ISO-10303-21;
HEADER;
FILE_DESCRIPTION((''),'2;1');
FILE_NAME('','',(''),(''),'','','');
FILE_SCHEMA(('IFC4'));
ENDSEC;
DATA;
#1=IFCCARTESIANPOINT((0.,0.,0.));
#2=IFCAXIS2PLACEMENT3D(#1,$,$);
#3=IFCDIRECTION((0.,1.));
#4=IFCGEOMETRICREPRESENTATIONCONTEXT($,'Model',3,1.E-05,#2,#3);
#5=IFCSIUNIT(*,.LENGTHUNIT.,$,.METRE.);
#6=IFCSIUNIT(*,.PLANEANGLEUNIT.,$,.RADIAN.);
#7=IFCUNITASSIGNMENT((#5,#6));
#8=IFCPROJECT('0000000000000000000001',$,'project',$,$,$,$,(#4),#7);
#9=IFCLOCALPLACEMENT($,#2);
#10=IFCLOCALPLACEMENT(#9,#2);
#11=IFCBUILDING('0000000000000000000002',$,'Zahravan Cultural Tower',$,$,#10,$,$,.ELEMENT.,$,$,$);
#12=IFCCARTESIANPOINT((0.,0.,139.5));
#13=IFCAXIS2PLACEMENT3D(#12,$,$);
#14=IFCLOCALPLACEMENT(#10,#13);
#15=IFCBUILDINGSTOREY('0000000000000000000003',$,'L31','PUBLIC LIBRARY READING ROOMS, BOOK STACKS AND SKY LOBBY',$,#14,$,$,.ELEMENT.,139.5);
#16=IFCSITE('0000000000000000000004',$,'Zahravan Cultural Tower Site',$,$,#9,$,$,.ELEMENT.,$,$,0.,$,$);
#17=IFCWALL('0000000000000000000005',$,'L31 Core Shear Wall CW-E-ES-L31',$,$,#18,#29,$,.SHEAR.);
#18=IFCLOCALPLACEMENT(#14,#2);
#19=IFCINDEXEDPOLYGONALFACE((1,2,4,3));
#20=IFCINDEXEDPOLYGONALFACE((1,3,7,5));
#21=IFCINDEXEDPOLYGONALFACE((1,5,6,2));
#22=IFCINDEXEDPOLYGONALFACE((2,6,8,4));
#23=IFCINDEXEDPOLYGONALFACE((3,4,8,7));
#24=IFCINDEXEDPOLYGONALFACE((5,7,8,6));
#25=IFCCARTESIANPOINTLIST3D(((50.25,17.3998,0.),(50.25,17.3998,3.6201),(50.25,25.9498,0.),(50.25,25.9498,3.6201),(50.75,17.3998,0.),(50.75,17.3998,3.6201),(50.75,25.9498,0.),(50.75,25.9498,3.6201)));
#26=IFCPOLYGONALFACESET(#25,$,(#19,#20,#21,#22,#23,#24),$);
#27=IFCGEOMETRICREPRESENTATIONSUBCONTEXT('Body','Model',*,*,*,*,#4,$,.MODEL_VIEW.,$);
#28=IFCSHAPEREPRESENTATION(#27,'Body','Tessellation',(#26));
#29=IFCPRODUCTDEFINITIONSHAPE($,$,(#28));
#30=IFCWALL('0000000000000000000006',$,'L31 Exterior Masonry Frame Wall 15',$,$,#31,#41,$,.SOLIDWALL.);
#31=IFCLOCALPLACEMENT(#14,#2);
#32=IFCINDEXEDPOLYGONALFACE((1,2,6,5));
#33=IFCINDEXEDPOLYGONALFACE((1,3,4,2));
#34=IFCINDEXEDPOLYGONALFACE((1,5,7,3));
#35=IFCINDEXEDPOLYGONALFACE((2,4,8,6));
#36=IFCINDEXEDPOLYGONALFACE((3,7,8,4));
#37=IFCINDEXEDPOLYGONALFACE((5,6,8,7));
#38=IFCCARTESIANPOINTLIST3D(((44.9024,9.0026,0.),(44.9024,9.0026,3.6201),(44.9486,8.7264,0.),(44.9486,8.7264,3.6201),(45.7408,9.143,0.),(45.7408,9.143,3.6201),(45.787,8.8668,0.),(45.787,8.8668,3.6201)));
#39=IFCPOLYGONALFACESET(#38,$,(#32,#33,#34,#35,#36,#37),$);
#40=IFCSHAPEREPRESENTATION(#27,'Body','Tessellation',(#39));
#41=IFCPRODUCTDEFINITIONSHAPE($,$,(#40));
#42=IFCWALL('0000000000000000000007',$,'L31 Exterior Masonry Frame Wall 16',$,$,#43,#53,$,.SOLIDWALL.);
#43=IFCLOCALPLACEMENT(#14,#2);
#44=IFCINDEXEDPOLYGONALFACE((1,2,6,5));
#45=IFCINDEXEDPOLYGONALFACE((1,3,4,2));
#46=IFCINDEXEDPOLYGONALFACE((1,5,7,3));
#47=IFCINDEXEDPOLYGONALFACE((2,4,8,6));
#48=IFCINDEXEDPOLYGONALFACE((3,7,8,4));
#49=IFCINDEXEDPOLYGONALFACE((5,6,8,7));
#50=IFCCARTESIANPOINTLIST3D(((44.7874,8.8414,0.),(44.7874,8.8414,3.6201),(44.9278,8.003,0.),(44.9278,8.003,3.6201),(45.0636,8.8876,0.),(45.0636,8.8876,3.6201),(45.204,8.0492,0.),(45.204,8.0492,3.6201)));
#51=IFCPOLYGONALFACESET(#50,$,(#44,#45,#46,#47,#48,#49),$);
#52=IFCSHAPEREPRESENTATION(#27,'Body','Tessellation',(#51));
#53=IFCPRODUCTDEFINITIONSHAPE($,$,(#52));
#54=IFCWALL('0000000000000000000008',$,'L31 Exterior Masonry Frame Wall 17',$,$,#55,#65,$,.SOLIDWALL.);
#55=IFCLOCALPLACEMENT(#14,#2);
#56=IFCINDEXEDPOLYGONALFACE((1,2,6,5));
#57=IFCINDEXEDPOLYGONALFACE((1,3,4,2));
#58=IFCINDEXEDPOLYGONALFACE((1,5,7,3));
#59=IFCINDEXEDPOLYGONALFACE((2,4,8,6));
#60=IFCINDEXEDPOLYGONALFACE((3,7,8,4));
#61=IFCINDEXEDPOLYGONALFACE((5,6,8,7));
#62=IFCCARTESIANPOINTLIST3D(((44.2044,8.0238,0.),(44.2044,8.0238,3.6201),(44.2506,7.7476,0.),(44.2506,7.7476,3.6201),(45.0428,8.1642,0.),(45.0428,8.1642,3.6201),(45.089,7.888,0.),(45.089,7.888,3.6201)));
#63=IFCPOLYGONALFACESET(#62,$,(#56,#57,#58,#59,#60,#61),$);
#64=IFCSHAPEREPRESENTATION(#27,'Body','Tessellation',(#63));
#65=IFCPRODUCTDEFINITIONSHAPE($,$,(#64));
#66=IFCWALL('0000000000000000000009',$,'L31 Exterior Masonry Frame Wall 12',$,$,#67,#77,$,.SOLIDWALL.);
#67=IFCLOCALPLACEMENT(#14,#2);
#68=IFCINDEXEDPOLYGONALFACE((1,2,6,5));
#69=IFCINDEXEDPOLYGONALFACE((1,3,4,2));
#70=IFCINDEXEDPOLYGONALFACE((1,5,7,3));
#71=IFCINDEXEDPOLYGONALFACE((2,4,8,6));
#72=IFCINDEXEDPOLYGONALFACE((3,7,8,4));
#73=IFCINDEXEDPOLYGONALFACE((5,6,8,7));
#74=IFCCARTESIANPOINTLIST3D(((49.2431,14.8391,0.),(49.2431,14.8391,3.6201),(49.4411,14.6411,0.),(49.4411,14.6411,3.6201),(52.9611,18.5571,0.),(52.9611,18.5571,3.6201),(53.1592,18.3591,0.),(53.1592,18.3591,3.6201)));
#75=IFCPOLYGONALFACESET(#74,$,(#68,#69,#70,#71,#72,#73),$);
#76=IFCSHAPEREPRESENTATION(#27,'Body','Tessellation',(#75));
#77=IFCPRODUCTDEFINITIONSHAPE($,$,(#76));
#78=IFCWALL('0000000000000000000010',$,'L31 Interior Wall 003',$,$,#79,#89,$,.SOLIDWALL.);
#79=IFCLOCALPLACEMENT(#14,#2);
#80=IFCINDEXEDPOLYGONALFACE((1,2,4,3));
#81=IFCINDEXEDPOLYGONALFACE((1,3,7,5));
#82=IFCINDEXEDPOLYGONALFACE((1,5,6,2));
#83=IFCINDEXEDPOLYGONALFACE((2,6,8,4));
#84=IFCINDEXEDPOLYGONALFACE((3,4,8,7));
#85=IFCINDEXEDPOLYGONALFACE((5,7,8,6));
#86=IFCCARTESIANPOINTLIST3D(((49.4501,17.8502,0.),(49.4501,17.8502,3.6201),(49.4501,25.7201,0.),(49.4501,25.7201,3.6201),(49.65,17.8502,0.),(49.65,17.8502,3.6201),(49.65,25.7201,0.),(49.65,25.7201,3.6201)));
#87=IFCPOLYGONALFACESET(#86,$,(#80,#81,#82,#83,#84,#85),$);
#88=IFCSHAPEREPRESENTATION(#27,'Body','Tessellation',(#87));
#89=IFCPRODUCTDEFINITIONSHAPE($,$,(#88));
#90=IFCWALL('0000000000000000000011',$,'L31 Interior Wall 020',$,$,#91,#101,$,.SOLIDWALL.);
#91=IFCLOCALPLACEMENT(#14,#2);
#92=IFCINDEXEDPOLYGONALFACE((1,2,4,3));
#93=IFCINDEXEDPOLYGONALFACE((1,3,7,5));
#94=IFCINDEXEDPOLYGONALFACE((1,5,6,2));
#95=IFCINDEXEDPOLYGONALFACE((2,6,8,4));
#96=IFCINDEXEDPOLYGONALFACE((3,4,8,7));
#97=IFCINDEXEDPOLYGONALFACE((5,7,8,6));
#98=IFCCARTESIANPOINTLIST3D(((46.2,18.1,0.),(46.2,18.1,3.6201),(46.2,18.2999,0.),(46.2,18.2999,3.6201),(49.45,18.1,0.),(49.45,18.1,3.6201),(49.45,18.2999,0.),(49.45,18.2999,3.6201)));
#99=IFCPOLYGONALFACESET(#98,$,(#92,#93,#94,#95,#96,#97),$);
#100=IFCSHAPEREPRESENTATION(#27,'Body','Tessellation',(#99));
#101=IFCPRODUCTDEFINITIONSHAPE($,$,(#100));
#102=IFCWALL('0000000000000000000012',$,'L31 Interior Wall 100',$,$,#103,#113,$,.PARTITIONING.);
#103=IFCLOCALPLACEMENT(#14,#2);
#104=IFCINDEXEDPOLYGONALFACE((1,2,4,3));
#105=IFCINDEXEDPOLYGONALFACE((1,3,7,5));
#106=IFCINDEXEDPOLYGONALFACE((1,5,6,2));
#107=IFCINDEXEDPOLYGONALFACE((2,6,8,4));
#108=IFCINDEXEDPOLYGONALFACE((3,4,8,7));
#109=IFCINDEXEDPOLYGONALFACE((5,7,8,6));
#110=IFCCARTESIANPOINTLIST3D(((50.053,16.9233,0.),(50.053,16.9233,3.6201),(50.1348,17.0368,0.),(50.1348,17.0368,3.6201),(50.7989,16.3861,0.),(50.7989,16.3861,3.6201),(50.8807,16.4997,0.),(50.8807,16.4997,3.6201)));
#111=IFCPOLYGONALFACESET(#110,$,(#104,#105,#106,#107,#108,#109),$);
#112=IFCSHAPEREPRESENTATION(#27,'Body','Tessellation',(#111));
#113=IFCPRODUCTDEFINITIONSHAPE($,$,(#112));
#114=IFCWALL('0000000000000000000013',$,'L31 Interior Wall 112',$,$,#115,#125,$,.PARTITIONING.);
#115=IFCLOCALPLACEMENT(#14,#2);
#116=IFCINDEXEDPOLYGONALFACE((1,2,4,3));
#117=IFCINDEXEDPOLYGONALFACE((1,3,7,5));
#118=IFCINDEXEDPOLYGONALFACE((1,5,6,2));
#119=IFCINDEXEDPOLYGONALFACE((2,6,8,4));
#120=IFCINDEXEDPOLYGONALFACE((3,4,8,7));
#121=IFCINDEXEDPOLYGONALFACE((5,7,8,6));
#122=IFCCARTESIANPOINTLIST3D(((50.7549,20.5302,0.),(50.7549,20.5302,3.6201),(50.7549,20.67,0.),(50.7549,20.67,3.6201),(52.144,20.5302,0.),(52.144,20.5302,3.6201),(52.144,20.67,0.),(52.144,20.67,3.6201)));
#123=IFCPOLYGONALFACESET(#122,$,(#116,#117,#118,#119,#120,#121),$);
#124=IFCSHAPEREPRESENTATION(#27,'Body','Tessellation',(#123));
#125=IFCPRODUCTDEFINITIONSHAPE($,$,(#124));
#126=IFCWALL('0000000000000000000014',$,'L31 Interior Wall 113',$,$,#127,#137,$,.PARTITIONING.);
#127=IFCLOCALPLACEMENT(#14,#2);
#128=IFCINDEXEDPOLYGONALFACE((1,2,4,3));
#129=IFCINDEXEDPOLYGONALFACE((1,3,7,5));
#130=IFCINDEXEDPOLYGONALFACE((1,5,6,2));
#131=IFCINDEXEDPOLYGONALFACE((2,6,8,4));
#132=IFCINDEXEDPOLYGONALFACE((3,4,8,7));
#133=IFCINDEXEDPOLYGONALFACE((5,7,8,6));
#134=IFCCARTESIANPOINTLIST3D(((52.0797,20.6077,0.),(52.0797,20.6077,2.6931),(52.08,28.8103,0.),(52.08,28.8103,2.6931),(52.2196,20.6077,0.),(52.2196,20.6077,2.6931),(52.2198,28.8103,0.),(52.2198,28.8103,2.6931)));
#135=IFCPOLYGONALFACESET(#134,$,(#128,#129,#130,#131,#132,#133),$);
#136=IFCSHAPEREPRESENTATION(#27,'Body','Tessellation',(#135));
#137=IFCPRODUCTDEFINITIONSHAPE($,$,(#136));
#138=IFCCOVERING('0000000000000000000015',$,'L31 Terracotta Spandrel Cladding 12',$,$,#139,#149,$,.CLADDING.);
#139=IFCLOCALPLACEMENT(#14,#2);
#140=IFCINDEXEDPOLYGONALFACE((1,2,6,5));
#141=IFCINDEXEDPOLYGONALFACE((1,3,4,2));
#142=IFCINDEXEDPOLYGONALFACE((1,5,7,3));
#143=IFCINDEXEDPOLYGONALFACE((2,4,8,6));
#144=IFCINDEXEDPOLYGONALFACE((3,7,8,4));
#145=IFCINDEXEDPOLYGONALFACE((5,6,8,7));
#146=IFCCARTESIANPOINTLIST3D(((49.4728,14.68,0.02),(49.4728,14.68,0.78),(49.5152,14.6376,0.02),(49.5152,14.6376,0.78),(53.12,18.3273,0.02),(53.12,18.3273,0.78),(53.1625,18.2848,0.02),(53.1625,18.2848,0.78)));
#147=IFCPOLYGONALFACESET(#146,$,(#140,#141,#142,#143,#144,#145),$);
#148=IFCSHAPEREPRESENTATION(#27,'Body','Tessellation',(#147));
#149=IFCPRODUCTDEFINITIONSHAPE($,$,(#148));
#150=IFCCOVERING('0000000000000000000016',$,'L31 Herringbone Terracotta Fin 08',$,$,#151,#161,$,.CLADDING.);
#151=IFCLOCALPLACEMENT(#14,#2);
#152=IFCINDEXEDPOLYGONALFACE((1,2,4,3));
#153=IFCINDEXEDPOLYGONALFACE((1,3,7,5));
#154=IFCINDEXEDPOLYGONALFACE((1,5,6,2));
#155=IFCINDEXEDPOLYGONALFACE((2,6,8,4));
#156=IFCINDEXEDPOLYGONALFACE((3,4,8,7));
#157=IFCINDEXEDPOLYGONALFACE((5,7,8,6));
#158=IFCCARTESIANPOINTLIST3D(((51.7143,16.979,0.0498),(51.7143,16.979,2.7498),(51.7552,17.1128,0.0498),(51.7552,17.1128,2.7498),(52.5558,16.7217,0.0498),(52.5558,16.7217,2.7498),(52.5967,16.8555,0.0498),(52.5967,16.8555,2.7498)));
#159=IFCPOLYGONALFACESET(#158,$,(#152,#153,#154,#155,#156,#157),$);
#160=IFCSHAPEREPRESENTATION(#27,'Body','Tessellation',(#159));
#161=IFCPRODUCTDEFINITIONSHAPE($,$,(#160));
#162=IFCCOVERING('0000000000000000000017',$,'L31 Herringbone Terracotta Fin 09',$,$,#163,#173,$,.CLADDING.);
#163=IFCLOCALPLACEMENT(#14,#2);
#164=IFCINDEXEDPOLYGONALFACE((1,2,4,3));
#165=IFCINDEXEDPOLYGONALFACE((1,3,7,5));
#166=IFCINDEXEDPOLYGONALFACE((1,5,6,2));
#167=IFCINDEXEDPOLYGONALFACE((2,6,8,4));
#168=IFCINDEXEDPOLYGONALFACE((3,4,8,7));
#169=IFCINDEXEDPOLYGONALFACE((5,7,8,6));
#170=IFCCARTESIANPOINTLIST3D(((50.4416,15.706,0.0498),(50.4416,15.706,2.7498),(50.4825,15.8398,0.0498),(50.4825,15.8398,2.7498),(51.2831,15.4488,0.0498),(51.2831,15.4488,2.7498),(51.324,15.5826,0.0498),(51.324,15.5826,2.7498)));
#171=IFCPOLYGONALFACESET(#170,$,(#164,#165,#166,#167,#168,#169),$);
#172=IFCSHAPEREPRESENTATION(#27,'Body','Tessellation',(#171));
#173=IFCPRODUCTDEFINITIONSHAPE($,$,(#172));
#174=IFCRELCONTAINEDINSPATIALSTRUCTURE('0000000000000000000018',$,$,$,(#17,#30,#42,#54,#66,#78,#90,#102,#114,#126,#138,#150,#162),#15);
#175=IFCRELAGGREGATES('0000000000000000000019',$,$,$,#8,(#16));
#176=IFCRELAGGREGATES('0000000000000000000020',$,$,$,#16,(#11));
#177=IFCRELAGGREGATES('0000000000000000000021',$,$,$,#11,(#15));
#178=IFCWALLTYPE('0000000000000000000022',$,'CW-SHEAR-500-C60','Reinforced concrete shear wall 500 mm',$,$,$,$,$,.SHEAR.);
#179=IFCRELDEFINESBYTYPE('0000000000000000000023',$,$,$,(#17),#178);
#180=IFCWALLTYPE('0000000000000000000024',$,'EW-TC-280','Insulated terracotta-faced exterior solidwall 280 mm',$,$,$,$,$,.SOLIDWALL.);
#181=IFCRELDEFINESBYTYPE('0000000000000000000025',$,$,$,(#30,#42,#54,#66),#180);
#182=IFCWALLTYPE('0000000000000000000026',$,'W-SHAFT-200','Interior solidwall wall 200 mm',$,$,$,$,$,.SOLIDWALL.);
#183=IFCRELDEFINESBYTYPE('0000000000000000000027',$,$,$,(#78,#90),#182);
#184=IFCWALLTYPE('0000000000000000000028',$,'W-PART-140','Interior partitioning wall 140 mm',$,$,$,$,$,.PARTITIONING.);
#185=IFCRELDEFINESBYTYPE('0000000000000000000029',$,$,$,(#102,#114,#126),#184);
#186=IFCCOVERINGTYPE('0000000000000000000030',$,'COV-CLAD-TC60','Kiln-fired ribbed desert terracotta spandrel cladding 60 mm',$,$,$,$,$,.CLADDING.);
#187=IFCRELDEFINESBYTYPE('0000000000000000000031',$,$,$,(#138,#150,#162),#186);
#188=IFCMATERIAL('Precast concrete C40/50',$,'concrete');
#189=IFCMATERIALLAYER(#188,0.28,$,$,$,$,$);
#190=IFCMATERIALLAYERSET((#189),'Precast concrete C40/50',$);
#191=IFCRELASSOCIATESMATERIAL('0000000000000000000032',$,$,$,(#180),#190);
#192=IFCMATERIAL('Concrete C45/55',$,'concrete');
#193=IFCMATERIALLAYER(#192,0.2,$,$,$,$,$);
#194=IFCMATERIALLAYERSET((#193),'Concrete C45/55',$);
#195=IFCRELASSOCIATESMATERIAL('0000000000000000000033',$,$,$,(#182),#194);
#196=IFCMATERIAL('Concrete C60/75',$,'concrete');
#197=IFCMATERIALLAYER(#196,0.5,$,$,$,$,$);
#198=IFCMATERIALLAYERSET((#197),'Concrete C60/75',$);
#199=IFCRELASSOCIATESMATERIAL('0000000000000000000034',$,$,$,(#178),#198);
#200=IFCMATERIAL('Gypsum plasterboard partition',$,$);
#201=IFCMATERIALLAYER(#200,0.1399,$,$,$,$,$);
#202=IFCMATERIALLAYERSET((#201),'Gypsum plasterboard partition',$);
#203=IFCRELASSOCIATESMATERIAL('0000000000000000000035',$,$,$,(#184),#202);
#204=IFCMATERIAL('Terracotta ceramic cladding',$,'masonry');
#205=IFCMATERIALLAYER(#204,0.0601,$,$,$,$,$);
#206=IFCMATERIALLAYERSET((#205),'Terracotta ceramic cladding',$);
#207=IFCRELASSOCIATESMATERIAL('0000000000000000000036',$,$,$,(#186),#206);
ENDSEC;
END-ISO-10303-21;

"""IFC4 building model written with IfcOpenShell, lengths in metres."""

from ifc_helpers import new_model, si_unit, direction, frame, frame_2d, origin, origin_2d, place, context, subcontext, project, spatial, rectangle, extrude, source, transform, mapped, material, layer, layer_set, type_object, element, save


model = new_model("IFC4")

# Units and contexts
model_context = context("Model", 3, precision=1e-05, world=origin(), true_north=direction((0.0, 1.0)))
body_context = subcontext(model_context, "Body", "Model", "MODEL_VIEW")
ifc_project = project(units=[si_unit("LENGTHUNIT", "METRE"), si_unit("PLANEANGLEUNIT", "RADIAN")], contexts=[model_context])

# Site, building, storey
site_placement = place(None, origin())
site = spatial("IfcSite", under=ifc_project, at=site_placement, Name="Zahravan Cultural Tower Site", CompositionType="ELEMENT", RefElevation=0.0)
building_placement = place(site_placement, origin())
building = spatial("IfcBuilding", under=site, at=building_placement, Name="Zahravan Cultural Tower", CompositionType="ELEMENT")
storey_placement = place(building_placement, frame((0.0, 0.0, 139.5)))
storey = spatial("IfcBuildingStorey", under=building, at=storey_placement, Name="L31", Description="PUBLIC LIBRARY READING ROOMS, BOOK STACKS AND SKY LOBBY", CompositionType="ELEMENT", Elevation=139.5)

# Shared definitions
ifc_material_1 = material(Name="Precast concrete C40/50", Category="concrete")
ifc_layer_1 = layer(ifc_material_1, 0.28)
ifc_layer_set_1 = layer_set([ifc_layer_1], Name="Precast concrete C40/50")
wall_type_1 = type_object("IfcWallType", Name="EW-TC-280", Description="Insulated terracotta-faced exterior solidwall 280 mm", PredefinedType="SOLIDWALL", material=ifc_layer_set_1)

# Shared definitions
ifc_material_2 = material(Name="Concrete C45/55", Category="concrete")
ifc_layer_2 = layer(ifc_material_2, 0.2)
ifc_layer_set_2 = layer_set([ifc_layer_2], Name="Concrete C45/55")
wall_type_2 = type_object("IfcWallType", Name="W-SHAFT-200", Description="Interior solidwall wall 200 mm", PredefinedType="SOLIDWALL", material=ifc_layer_set_2)

# Walls
ifc_material_3 = material(Name="Concrete C60/75", Category="concrete")
ifc_layer_3 = layer(ifc_material_3, 0.5)
ifc_layer_set_3 = layer_set([ifc_layer_3], Name="Concrete C60/75")
wall_type_3 = type_object("IfcWallType", Name="CW-SHEAR-500-C60", Description="Reinforced concrete shear wall 500 mm", PredefinedType="SHEAR", material=ifc_layer_set_3)
shared_shape_1 = source(origin(), body_context, "Body", "SweptSolid", [
    extrude(rectangle(XDim=8.55, YDim=0.5, at=frame_2d((4.2749, 0.0))), origin(), (0.0, 0.0, 1.0), 3.6201),
])
wall_1_placement = place(storey_placement, frame((50.5, 17.3999, 0.0), z_axis=(0.0, 0.0, 1.0), x_axis=(0.0, 1.0, 0.0)))
element("IfcWall", 1, at=wall_1_placement, inside=storey, type_object=wall_type_3, Name="L31 Core Shear Wall CW-E-ES-L31", PredefinedType="SHEAR", context=body_context, shape_type="MappedRepresentation", body=[
    mapped(shared_shape_1, transform((0.0, 0.0, 0.0), x_axis=(1.0, 0.0, 0.0), y_axis=(0.0, 1.0, 0.0), z_axis=(0.0, 0.0, 1.0), scale=1.0)),
])
shared_shape_2 = source(origin(), body_context, "Body", "SweptSolid", [
    extrude(rectangle(XDim=0.8501, YDim=0.28, at=frame_2d((0.425, 0.0))), origin(), (0.0, 0.0, 1.0), 3.6201),
])
for number, where, z_axis, x_axis, name in (
    (2, (45.7639, 9.0049, 0.0), (0.0, 0.0, 1.0), (-0.986269, -0.165144, 0.0), "L31 Exterior Masonry Frame Wall 15"),
    (3, (44.9255, 8.8645, 0.0), (0.0, 0.0, 1.0), (0.165144, -0.986269, 0.0), "L31 Exterior Masonry Frame Wall 16"),
    (4, (45.0659, 8.0261, 0.0), (0.0, 0.0, 1.0), (-0.986269, -0.165144, 0.0), "L31 Exterior Masonry Frame Wall 17"),
):
    element("IfcWall", number, at=place(storey_placement, frame(where, z_axis=z_axis, x_axis=x_axis)), inside=storey, type_object=wall_type_1, Name=name, PredefinedType="SOLIDWALL", context=body_context, shape_type="MappedRepresentation", body=[
        mapped(shared_shape_2, transform((0.0, 0.0, 0.0), x_axis=(1.0, 0.0, 0.0), y_axis=(0.0, 1.0, 0.0), z_axis=(0.0, 0.0, 1.0), scale=1.0)),
    ])
shared_shape_3 = source(origin(), body_context, "Body", "SweptSolid", [
    extrude(rectangle(XDim=5.2581, YDim=0.28, at=frame_2d((2.6289, 0.0))), origin(), (0.0, 0.0, 1.0), 3.6201),
])
wall_2_placement = place(storey_placement, frame((53.0601, 18.458, 0.0), z_axis=(0.0, 0.0, 1.0), x_axis=(-0.707107, -0.707107, 0.0)))
element("IfcWall", 5, at=wall_2_placement, inside=storey, type_object=wall_type_1, Name="L31 Exterior Masonry Frame Wall 12", PredefinedType="SOLIDWALL", context=body_context, shape_type="MappedRepresentation", body=[
    mapped(shared_shape_3, transform((0.0, 0.0, 0.0), x_axis=(1.0, 0.0, 0.0), y_axis=(0.0, 1.0, 0.0), z_axis=(0.0, 0.0, 1.0), scale=1.0)),
])
shared_shape_4 = source(origin(), body_context, "Body", "SweptSolid", [
    extrude(rectangle(XDim=7.8699, YDim=0.2, at=frame_2d((3.9351, 0.0))), origin(), (0.0, 0.0, 1.0), 3.6201),
])
wall_3_placement = place(storey_placement, frame((49.55, 17.8501, 0.0), z_axis=(0.0, 0.0, 1.0), x_axis=(0.0, 1.0, 0.0)))
element("IfcWall", 6, at=wall_3_placement, inside=storey, type_object=wall_type_2, Name="L31 Interior Wall 003", PredefinedType="SOLIDWALL", context=body_context, shape_type="MappedRepresentation", body=[
    mapped(shared_shape_4, transform((0.0, 0.0, 0.0), x_axis=(1.0, 0.0, 0.0), y_axis=(0.0, 1.0, 0.0), z_axis=(0.0, 0.0, 1.0), scale=1.0)),
])
shared_shape_5 = source(origin(), body_context, "Body", "SweptSolid", [
    extrude(rectangle(XDim=3.25, YDim=0.2, at=frame_2d((1.625, 0.0))), origin(), (0.0, 0.0, 1.0), 3.6201),
])
wall_4_placement = place(storey_placement, frame((46.2, 18.2, 0.0), z_axis=(0.0, 0.0, 1.0), x_axis=(1.0, 0.0, 0.0)))
element("IfcWall", 7, at=wall_4_placement, inside=storey, type_object=wall_type_2, Name="L31 Interior Wall 020", PredefinedType="SOLIDWALL", context=body_context, shape_type="MappedRepresentation", body=[
    mapped(shared_shape_5, transform((0.0, 0.0, 0.0), x_axis=(1.0, 0.0, 0.0), y_axis=(0.0, 1.0, 0.0), z_axis=(0.0, 0.0, 1.0), scale=1.0)),
])
ifc_material_4 = material(Name="Gypsum plasterboard partition")
ifc_layer_4 = layer(ifc_material_4, 0.1399)
ifc_layer_set_4 = layer_set([ifc_layer_4], Name="Gypsum plasterboard partition")
wall_type_4 = type_object("IfcWallType", Name="W-PART-140", Description="Interior partitioning wall 140 mm", PredefinedType="PARTITIONING", material=ifc_layer_set_4)
shared_shape_6 = source(origin(), body_context, "Body", "SweptSolid", [
    extrude(rectangle(XDim=0.9192, YDim=0.1399, at=frame_2d((0.4595, 0.0))), origin(), (0.0, 0.0, 1.0), 3.6201),
])
wall_5_placement = place(storey_placement, frame((50.094, 16.98, 0.0), z_axis=(0.0, 0.0, 1.0), x_axis=(0.811484, -0.584375, 0.0)))
element("IfcWall", 8, at=wall_5_placement, inside=storey, type_object=wall_type_4, Name="L31 Interior Wall 100", PredefinedType="PARTITIONING", context=body_context, shape_type="MappedRepresentation", body=[
    mapped(shared_shape_6, transform((0.0, 0.0, 0.0), x_axis=(1.0, 0.0, 0.0), y_axis=(0.0, 1.0, 0.0), z_axis=(0.0, 0.0, 1.0), scale=1.0)),
])
shared_shape_7 = source(origin(), body_context, "Body", "SweptSolid", [
    extrude(rectangle(XDim=1.3892, YDim=0.1399, at=frame_2d((0.6946, 0.0))), origin(), (0.0, 0.0, 1.0), 3.6201),
])
wall_6_placement = place(storey_placement, frame((50.7549, 20.6001, 0.0), z_axis=(0.0, 0.0, 1.0), x_axis=(1.0, 0.0, 0.0)))
element("IfcWall", 9, at=wall_6_placement, inside=storey, type_object=wall_type_4, Name="L31 Interior Wall 112", PredefinedType="PARTITIONING", context=body_context, shape_type="MappedRepresentation", body=[
    mapped(shared_shape_7, transform((0.0, 0.0, 0.0), x_axis=(1.0, 0.0, 0.0), y_axis=(0.0, 1.0, 0.0), z_axis=(0.0, 0.0, 1.0), scale=1.0)),
])
shared_shape_8 = source(origin(), body_context, "Body", "SweptSolid", [
    extrude(rectangle(XDim=8.2026, YDim=0.1399, at=frame_2d((4.1013, 0.0))), origin(), (0.0, 0.0, 1.0), 2.6931),
])
wall_7_placement = place(storey_placement, frame((52.1497, 20.6077, 0.0), z_axis=(0.0, 0.0, 1.0), x_axis=(0.00003, 1.0, 0.0)))
element("IfcWall", 10, at=wall_7_placement, inside=storey, type_object=wall_type_4, Name="L31 Interior Wall 113", PredefinedType="PARTITIONING", context=body_context, shape_type="MappedRepresentation", body=[
    mapped(shared_shape_8, transform((0.0, 0.0, 0.0), x_axis=(1.0, 0.0, 0.0), y_axis=(0.0, 1.0, 0.0), z_axis=(0.0, 0.0, 1.0), scale=1.0)),
])

# Coverings
ifc_material_5 = material(Name="Terracotta ceramic cladding", Category="masonry")
ifc_layer_5 = layer(ifc_material_5, 0.0601)
ifc_layer_set_5 = layer_set([ifc_layer_5], Name="Terracotta ceramic cladding")
covering_type = type_object("IfcCoveringType", Name="COV-CLAD-TC60", Description="Kiln-fired ribbed desert terracotta spandrel cladding 60 mm", PredefinedType="CLADDING", material=ifc_layer_set_5)
shared_shape_9 = source(origin(), body_context, "Body", "SweptSolid", [
    extrude(rectangle(XDim=5.158, YDim=0.0601, at=origin_2d()), origin(), (0.0, 0.0, 1.0), 0.76),
])
covering_1_placement = place(storey_placement, frame((51.3176, 16.4824, 0.02), z_axis=(0.0, 0.0, 1.0), x_axis=(-0.707107, -0.707107, 0.0)))
element("IfcCovering", 11, at=covering_1_placement, inside=storey, type_object=covering_type, Name="L31 Terracotta Spandrel Cladding 12", PredefinedType="CLADDING", context=body_context, shape_type="MappedRepresentation", body=[
    mapped(shared_shape_9, transform((0.0, 0.0, 0.0), x_axis=(1.0, 0.0, 0.0), y_axis=(0.0, 1.0, 0.0), z_axis=(0.0, 0.0, 1.0), scale=1.0)),
])
shared_shape_10 = source(origin(), body_context, "Body", "SweptSolid", [
    extrude(rectangle(XDim=0.8799, YDim=0.1399, at=origin_2d()), origin(), (0.0, 0.0, 1.0), 2.7),
])
for number, where, z_axis, x_axis, name in (
    (12, (52.1555, 16.9172, 0.0498), (0.0, 0.0, 1.0), (0.956305, -0.292372, 0.0), "L31 Herringbone Terracotta Fin 08"),
    (13, (50.8828, 15.6443, 0.0498), (0.0, 0.0, 1.0), (0.956305, -0.292372, 0.0), "L31 Herringbone Terracotta Fin 09"),
):
    element("IfcCovering", number, at=place(storey_placement, frame(where, z_axis=z_axis, x_axis=x_axis)), inside=storey, type_object=covering_type, Name=name, PredefinedType="CLADDING", context=body_context, shape_type="MappedRepresentation", body=[
        mapped(shared_shape_10, transform((0.0, 0.0, 0.0), x_axis=(1.0, 0.0, 0.0), y_axis=(0.0, 1.0, 0.0), z_axis=(0.0, 0.0, 1.0), scale=1.0)),
    ])

save(model, "model.ifc")
